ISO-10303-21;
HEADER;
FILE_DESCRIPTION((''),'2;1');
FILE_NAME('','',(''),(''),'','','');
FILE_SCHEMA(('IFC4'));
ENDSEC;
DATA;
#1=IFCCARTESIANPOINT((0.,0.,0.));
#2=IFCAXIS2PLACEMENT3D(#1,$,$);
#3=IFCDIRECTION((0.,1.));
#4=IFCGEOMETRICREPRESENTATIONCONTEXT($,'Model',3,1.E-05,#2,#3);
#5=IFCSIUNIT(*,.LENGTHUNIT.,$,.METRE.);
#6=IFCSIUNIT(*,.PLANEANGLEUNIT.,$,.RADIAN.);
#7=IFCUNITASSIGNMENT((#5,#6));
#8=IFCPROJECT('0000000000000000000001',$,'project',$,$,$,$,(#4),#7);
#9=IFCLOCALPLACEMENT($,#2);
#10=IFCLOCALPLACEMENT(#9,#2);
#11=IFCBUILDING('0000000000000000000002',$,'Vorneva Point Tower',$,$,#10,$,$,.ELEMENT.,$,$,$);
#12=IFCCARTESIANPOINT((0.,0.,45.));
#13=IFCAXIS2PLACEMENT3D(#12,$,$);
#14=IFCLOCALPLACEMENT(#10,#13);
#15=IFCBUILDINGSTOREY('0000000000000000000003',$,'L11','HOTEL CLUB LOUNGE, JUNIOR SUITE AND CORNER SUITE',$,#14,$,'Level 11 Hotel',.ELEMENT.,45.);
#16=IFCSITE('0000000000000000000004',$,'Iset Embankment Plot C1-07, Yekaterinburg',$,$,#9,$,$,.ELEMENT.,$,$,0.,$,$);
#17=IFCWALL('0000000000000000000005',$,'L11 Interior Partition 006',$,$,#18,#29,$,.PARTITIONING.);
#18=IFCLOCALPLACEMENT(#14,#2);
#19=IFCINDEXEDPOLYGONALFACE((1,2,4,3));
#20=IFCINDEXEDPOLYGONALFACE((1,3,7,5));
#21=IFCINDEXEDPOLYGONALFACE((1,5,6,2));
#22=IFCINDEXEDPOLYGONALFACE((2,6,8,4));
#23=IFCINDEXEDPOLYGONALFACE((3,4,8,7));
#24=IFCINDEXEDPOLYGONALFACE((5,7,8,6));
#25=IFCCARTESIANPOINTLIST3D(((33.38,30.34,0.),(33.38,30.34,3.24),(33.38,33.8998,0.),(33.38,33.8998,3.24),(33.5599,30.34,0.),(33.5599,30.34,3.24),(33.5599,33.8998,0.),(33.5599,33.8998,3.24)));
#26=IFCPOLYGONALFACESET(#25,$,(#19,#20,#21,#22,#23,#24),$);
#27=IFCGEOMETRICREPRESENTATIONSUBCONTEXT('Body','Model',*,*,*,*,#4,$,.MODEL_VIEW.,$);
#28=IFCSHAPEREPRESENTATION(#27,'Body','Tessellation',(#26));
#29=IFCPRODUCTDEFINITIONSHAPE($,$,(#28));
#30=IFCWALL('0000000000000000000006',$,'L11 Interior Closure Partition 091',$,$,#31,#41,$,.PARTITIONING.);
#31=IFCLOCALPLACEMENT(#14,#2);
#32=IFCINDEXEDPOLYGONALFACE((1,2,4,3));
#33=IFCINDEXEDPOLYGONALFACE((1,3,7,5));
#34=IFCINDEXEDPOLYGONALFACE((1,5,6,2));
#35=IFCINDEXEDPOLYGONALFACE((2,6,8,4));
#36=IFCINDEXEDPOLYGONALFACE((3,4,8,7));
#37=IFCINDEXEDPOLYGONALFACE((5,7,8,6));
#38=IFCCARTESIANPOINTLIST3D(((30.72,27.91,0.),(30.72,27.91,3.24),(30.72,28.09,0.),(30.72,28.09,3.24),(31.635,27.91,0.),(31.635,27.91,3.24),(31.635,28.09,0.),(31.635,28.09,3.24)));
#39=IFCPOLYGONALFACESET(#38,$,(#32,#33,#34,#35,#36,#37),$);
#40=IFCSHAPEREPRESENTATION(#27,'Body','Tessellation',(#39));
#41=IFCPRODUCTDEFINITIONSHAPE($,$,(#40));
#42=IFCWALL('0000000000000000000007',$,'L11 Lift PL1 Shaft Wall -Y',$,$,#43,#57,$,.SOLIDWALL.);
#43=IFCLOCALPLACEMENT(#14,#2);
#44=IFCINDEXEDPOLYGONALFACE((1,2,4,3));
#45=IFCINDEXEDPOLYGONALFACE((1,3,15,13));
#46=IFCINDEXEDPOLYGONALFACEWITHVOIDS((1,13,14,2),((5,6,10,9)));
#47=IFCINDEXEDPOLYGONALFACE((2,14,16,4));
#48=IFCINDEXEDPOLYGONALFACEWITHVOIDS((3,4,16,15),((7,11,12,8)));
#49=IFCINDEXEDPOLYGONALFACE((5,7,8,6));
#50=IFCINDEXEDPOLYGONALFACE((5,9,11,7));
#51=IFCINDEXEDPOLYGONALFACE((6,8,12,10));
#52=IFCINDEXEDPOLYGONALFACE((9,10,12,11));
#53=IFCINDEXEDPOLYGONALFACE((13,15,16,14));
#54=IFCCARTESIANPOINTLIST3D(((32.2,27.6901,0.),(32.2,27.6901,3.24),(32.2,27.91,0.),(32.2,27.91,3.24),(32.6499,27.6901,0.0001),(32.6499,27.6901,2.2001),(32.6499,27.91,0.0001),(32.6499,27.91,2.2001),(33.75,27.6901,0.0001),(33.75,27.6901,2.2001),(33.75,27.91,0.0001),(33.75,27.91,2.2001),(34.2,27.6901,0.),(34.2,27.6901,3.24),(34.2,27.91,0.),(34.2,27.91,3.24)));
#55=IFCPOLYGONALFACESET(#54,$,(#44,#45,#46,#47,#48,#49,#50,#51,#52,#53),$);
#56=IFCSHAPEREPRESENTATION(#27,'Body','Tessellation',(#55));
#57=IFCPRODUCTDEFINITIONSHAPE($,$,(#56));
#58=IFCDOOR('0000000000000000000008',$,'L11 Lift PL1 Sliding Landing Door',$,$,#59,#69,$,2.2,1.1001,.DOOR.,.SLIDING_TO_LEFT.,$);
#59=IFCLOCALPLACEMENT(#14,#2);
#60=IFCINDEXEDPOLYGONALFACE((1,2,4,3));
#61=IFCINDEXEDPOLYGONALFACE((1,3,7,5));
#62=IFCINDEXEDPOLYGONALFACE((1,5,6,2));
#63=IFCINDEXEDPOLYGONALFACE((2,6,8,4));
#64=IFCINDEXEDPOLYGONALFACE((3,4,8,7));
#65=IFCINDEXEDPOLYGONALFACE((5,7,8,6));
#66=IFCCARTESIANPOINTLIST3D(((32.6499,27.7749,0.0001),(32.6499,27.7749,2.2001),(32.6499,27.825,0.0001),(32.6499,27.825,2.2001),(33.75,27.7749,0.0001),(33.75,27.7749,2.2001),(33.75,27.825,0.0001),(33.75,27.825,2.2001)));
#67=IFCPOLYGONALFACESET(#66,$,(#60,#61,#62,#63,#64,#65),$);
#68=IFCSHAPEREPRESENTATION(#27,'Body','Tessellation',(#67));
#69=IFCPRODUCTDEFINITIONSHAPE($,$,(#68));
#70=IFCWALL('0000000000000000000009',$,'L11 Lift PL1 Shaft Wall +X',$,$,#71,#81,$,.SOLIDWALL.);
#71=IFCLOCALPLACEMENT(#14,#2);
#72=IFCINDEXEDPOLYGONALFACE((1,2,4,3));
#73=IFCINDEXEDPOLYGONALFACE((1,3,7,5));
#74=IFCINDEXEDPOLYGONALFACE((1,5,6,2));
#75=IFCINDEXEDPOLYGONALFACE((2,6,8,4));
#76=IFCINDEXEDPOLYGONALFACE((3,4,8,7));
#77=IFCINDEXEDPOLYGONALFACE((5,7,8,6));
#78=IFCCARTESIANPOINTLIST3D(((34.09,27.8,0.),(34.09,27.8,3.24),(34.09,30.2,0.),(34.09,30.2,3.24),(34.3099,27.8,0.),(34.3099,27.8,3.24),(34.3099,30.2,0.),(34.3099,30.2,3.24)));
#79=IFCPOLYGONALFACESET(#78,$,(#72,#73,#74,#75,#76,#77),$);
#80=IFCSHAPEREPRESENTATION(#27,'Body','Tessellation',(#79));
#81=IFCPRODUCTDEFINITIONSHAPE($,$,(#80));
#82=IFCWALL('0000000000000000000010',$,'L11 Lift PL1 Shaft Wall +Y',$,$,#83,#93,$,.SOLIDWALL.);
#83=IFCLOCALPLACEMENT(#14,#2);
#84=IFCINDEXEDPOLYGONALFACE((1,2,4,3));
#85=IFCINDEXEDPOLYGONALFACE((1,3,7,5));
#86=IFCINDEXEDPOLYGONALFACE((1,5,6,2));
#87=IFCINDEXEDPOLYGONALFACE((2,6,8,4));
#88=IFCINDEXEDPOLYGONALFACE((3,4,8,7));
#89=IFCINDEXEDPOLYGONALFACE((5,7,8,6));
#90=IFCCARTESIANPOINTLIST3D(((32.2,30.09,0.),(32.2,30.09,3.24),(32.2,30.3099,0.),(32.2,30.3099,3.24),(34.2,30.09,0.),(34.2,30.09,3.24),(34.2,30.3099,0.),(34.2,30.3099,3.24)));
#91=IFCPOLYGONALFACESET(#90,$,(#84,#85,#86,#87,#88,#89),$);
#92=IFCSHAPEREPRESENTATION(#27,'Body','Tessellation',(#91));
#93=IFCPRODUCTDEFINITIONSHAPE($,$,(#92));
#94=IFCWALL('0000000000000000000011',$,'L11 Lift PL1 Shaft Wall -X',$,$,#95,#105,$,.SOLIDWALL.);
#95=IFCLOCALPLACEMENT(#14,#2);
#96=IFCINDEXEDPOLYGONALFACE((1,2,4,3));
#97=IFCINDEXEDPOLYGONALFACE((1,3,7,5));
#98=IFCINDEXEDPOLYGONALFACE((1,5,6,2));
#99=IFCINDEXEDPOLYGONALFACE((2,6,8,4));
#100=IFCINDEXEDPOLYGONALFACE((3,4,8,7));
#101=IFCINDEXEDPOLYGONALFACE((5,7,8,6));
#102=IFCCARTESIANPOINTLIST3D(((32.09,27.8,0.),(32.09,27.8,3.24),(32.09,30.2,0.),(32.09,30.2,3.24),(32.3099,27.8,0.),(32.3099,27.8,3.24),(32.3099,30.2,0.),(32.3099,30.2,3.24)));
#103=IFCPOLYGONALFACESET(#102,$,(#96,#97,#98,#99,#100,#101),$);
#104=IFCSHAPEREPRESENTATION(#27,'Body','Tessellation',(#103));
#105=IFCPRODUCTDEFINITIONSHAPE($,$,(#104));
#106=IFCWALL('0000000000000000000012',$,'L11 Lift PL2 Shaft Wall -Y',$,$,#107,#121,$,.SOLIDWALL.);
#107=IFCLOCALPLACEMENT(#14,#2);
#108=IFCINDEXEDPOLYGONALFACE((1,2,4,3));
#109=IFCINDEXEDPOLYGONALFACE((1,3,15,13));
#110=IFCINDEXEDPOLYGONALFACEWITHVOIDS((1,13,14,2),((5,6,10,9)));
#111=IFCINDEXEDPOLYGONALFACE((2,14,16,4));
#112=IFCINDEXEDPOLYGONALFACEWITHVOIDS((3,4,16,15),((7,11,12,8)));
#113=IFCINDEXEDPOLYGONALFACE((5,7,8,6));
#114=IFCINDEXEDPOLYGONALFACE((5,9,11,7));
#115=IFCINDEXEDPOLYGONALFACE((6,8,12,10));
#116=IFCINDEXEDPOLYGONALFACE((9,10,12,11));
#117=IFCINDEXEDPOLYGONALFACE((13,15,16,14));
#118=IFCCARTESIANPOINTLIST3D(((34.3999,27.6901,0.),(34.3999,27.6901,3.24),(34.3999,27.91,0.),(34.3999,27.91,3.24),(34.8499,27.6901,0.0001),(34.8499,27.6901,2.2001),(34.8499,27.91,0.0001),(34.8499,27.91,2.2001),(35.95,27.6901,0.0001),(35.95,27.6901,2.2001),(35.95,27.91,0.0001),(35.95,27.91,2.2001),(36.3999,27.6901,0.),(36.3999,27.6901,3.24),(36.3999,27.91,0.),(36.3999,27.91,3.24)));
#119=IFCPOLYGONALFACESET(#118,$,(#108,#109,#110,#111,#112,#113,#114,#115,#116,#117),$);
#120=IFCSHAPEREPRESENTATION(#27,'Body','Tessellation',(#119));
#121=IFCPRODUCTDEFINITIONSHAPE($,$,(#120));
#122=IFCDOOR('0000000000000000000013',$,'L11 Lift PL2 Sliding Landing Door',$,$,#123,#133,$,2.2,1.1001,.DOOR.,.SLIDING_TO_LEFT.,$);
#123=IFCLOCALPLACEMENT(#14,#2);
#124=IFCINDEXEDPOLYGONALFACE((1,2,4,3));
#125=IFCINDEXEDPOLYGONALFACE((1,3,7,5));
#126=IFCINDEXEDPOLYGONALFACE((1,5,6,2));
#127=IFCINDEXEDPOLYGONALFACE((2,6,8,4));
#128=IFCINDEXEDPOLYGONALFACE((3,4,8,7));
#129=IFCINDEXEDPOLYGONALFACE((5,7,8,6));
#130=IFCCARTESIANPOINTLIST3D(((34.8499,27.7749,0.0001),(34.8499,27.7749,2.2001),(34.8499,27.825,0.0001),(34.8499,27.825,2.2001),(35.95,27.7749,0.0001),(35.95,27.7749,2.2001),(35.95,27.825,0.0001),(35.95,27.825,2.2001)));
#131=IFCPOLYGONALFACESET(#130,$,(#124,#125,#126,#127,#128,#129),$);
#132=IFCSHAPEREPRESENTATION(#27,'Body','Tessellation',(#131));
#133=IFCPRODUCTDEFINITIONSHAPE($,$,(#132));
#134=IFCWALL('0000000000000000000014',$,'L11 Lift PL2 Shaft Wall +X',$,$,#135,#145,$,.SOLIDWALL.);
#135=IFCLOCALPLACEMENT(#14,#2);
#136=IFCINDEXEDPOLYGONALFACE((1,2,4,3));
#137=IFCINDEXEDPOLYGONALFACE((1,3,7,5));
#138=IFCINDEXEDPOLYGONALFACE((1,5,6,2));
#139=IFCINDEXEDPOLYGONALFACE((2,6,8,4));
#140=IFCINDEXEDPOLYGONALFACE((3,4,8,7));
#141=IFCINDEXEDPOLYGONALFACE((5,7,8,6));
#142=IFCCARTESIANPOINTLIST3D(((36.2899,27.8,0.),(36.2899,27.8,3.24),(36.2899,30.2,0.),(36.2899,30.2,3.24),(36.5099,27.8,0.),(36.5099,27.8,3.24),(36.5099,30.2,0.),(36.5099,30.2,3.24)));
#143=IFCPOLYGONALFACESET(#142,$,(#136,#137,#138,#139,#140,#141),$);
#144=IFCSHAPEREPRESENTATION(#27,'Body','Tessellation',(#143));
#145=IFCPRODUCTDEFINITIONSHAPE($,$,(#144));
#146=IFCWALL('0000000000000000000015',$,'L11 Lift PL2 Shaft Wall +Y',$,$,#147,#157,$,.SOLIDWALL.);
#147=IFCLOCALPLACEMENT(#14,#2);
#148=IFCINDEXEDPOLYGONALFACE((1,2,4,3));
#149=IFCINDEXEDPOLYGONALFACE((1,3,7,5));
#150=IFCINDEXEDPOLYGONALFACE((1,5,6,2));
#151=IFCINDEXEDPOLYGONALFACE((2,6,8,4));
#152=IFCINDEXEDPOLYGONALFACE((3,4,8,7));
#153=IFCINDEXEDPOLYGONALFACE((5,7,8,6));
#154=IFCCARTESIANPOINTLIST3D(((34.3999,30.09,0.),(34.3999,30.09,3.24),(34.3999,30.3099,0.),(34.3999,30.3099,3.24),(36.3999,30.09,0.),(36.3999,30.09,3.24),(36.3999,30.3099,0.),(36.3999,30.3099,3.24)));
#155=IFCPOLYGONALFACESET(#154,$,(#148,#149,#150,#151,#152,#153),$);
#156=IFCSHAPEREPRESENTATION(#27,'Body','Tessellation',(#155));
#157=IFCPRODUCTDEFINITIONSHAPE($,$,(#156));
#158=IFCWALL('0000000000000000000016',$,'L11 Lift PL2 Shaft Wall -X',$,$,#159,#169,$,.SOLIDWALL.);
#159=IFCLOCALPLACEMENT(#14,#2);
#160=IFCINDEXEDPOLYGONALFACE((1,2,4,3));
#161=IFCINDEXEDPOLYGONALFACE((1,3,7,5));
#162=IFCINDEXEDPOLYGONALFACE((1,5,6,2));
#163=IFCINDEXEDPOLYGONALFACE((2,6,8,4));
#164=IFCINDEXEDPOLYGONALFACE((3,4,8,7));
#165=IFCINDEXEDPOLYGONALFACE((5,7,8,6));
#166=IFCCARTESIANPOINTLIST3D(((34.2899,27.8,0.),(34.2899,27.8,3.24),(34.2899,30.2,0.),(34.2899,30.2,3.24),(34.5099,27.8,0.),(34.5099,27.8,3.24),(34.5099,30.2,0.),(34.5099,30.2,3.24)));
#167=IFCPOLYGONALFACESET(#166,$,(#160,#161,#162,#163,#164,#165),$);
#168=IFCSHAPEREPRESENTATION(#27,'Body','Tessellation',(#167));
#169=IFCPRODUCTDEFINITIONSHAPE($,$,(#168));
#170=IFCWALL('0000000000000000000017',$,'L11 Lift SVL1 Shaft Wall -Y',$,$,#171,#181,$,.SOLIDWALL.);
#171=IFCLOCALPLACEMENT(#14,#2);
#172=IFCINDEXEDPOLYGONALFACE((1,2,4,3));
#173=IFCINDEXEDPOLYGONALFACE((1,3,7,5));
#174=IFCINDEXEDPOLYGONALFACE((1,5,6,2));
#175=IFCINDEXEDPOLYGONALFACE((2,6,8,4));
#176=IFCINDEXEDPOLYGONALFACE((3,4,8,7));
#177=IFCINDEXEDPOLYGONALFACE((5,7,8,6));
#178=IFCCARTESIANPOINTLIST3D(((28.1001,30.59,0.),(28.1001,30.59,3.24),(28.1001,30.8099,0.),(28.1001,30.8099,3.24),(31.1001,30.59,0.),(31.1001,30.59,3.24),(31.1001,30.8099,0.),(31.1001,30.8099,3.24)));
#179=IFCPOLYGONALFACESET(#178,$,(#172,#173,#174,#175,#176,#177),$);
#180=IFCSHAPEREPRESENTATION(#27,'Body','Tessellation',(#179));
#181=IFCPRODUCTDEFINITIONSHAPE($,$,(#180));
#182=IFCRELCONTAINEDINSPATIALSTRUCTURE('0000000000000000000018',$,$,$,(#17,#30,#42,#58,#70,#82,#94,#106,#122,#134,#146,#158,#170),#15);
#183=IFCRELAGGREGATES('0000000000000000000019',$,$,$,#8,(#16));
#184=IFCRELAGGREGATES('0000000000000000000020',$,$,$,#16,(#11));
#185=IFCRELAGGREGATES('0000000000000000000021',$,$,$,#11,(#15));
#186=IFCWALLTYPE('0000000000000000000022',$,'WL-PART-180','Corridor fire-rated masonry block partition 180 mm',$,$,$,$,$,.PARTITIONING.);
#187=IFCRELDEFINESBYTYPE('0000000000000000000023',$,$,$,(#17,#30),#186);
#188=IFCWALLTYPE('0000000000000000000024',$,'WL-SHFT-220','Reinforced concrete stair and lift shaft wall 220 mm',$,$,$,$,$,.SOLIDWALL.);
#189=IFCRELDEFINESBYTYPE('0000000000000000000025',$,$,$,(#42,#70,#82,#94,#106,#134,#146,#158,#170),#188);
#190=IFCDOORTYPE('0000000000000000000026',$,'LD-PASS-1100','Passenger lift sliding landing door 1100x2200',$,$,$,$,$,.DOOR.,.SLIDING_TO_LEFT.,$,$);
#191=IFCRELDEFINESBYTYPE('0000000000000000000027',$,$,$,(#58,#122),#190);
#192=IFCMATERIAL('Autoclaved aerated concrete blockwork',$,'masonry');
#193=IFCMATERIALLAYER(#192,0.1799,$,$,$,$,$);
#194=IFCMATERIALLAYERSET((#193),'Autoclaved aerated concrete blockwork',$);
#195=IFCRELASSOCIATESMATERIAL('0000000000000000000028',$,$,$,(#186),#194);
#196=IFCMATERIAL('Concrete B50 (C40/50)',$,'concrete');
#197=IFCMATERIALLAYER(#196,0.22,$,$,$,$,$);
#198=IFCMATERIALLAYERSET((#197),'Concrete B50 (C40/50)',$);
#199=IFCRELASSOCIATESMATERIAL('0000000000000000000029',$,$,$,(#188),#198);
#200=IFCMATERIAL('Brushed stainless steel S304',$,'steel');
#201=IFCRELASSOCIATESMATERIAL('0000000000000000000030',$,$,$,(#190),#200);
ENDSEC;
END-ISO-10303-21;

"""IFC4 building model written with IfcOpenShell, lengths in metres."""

from ifc_helpers import new_model, si_unit, direction, frame, frame_2d, origin, place, context, subcontext, project, spatial, rectangle, extrude, material, layer, layer_set, type_object, element, fill, save


model = new_model("IFC4")

# Units and contexts
model_context = context("Model", 3, precision=1e-05, world=origin(), true_north=direction((0.0, 1.0)))
body_context = subcontext(model_context, "Body", "Model", "MODEL_VIEW")
ifc_project = project(units=[si_unit("LENGTHUNIT", "METRE"), si_unit("PLANEANGLEUNIT", "RADIAN")], contexts=[model_context])

# Site, building, storey
site_placement = place(None, origin())
site = spatial("IfcSite", under=ifc_project, at=site_placement, Name="Iset Embankment Plot C1-07, Yekaterinburg", CompositionType="ELEMENT", RefElevation=0.0)
building_placement = place(site_placement, origin())
building = spatial("IfcBuilding", under=site, at=building_placement, Name="Vorneva Point Tower", CompositionType="ELEMENT")
storey_placement = place(building_placement, frame((0.0, 0.0, 45.0)))
storey = spatial("IfcBuildingStorey", under=building, at=storey_placement, Name="L11", Description="HOTEL CLUB LOUNGE, JUNIOR SUITE AND CORNER SUITE", LongName="Level 11 Hotel", CompositionType="ELEMENT", Elevation=45.0)

# Shared definitions
ifc_material_1 = material(Name="Brushed stainless steel S304", Category="steel")

# Shared definitions
ifc_material_2 = material(Name="Autoclaved aerated concrete blockwork", Category="masonry")
ifc_layer_1 = layer(ifc_material_2, 0.1799)
ifc_layer_set_1 = layer_set([ifc_layer_1], Name="Autoclaved aerated concrete blockwork")
wall_type_1 = type_object("IfcWallType", Name="WL-PART-180", Description="Corridor fire-rated masonry block partition 180 mm", PredefinedType="PARTITIONING", material=ifc_layer_set_1)

# Walls
wall_1_placement = place(storey_placement, frame((33.47, 30.3401, 0.0), z_axis=(0.0, 0.0, 1.0), x_axis=(0.0, 1.0, 0.0)))
element("IfcWall", 1, at=wall_1_placement, inside=storey, type_object=wall_type_1, Name="L11 Interior Partition 006", PredefinedType="PARTITIONING", context=body_context, shape_type="SweptSolid", body=[
    extrude(rectangle(XDim=3.5598, YDim=0.1799, at=frame_2d((1.7798, 0.0))), origin(), (0.0, 0.0, 1.0), 3.24),
])
wall_2_placement = place(storey_placement, frame((31.635, 28.0, 0.0), z_axis=(0.0, 0.0, 1.0), x_axis=(-1.0, 0.0, 0.0)))
element("IfcWall", 2, at=wall_2_placement, inside=storey, type_object=wall_type_1, Name="L11 Interior Closure Partition 091", PredefinedType="PARTITIONING", context=body_context, shape_type="SweptSolid", body=[
    extrude(rectangle(XDim=0.915, YDim=0.1799, at=frame_2d((0.4575, 0.0))), origin(), (0.0, 0.0, 1.0), 3.24),
])

# Wall, opening, door
ifc_material_3 = material(Name="Concrete B50 (C40/50)", Category="concrete")
ifc_layer_2 = layer(ifc_material_3, 0.22)
ifc_layer_set_2 = layer_set([ifc_layer_2], Name="Concrete B50 (C40/50)")
wall_type_2 = type_object("IfcWallType", Name="WL-SHFT-220", Description="Reinforced concrete stair and lift shaft wall 220 mm", PredefinedType="SOLIDWALL", material=ifc_layer_set_2)
wall_3_placement = place(storey_placement, frame((32.2, 27.8, 0.0), z_axis=(0.0, 0.0, 1.0), x_axis=(1.0, 0.0, 0.0)))
wall_3 = element("IfcWall", 3, at=wall_3_placement, inside=storey, type_object=wall_type_2, Name="L11 Lift PL1 Shaft Wall -Y", PredefinedType="SOLIDWALL", context=body_context, shape_type="SweptSolid", body=[
    extrude(rectangle(XDim=2.0, YDim=0.22, at=frame_2d((1.0, 0.0))), origin(), (0.0, 0.0, 1.0), 3.24),
])
opening_1_placement = place(wall_3_placement, frame((0.45, 0.0, 0.0)))
opening_1 = element("IfcOpeningElement", 4, at=opening_1_placement, cuts=wall_3, PredefinedType="OPENING", context=body_context, shape_type="SweptSolid", body=[
    extrude(rectangle(XDim=1.1001, YDim=2.2, at=frame_2d((0.55, 1.1001))), frame((0.0, 0.125, 0.0), z_axis=(0.0, -1.0, 0.0), x_axis=(1.0, 0.0, 0.0)), (0.0, 0.0, 1.0), 0.2498),
])
door_type_1 = type_object("IfcDoorType", Name="LD-PASS-1100", Description="Passenger lift sliding landing door 1100x2200", OperationType="SLIDING_TO_LEFT", PredefinedType="DOOR", material=ifc_material_1)
door_1_placement = place(opening_1_placement, origin())
door_1 = element("IfcDoor", 5, at=door_1_placement, inside=storey, type_object=door_type_1, Name="L11 Lift PL1 Sliding Landing Door", OperationType="SLIDING_TO_LEFT", OverallHeight=2.2, OverallWidth=1.1001, PredefinedType="DOOR", context=body_context, shape_type="SweptSolid", body=[
    extrude(rectangle(XDim=1.1001, YDim=2.2, at=frame_2d((0.55, 1.1001))), frame((0.0, 0.0249, 0.0), z_axis=(0.0, -1.0, 0.0), x_axis=(1.0, 0.0, 0.0)), (0.0, 0.0, 1.0), 0.05),
])
fill(opening_1, door_1)

# Walls
wall_4_placement = place(storey_placement, frame((34.2, 27.8, 0.0), z_axis=(0.0, 0.0, 1.0), x_axis=(0.0, 1.0, 0.0)))
element("IfcWall", 6, at=wall_4_placement, inside=storey, type_object=wall_type_2, Name="L11 Lift PL1 Shaft Wall +X", PredefinedType="SOLIDWALL", context=body_context, shape_type="SweptSolid", body=[
    extrude(rectangle(XDim=2.3999, YDim=0.22, at=frame_2d((1.2, 0.0))), origin(), (0.0, 0.0, 1.0), 3.24),
])
wall_5_placement = place(storey_placement, frame((34.2, 30.2, 0.0), z_axis=(0.0, 0.0, 1.0), x_axis=(-1.0, 0.0, 0.0)))
element("IfcWall", 7, at=wall_5_placement, inside=storey, type_object=wall_type_2, Name="L11 Lift PL1 Shaft Wall +Y", PredefinedType="SOLIDWALL", context=body_context, shape_type="SweptSolid", body=[
    extrude(rectangle(XDim=2.0, YDim=0.22, at=frame_2d((1.0, 0.0))), origin(), (0.0, 0.0, 1.0), 3.24),
])
wall_6_placement = place(storey_placement, frame((32.2, 30.2, 0.0), z_axis=(0.0, 0.0, 1.0), x_axis=(0.0, -1.0, 0.0)))
element("IfcWall", 8, at=wall_6_placement, inside=storey, type_object=wall_type_2, Name="L11 Lift PL1 Shaft Wall -X", PredefinedType="SOLIDWALL", context=body_context, shape_type="SweptSolid", body=[
    extrude(rectangle(XDim=2.3999, YDim=0.22, at=frame_2d((1.2, 0.0))), origin(), (0.0, 0.0, 1.0), 3.24),
])

# Wall, opening, door
wall_7_placement = place(storey_placement, frame((34.3999, 27.8, 0.0), z_axis=(0.0, 0.0, 1.0), x_axis=(1.0, 0.0, 0.0)))
wall_7 = element("IfcWall", 9, at=wall_7_placement, inside=storey, type_object=wall_type_2, Name="L11 Lift PL2 Shaft Wall -Y", PredefinedType="SOLIDWALL", context=body_context, shape_type="SweptSolid", body=[
    extrude(rectangle(XDim=2.0, YDim=0.22, at=frame_2d((1.0, 0.0))), origin(), (0.0, 0.0, 1.0), 3.24),
])
opening_2_placement = place(wall_7_placement, frame((0.45, 0.0, 0.0)))
opening_2 = element("IfcOpeningElement", 10, at=opening_2_placement, cuts=wall_7, PredefinedType="OPENING", context=body_context, shape_type="SweptSolid", body=[
    extrude(rectangle(XDim=1.1001, YDim=2.2, at=frame_2d((0.55, 1.1001))), frame((0.0, 0.125, 0.0), z_axis=(0.0, -1.0, 0.0), x_axis=(1.0, 0.0, 0.0)), (0.0, 0.0, 1.0), 0.2498),
])
door_2_placement = place(opening_2_placement, origin())
door_2 = element("IfcDoor", 11, at=door_2_placement, inside=storey, type_object=door_type_1, Name="L11 Lift PL2 Sliding Landing Door", OperationType="SLIDING_TO_LEFT", OverallHeight=2.2, OverallWidth=1.1001, PredefinedType="DOOR", context=body_context, shape_type="SweptSolid", body=[
    extrude(rectangle(XDim=1.1001, YDim=2.2, at=frame_2d((0.55, 1.1001))), frame((0.0, 0.0249, 0.0), z_axis=(0.0, -1.0, 0.0), x_axis=(1.0, 0.0, 0.0)), (0.0, 0.0, 1.0), 0.05),
])
fill(opening_2, door_2)

# Walls
wall_8_placement = place(storey_placement, frame((36.3999, 27.8, 0.0), z_axis=(0.0, 0.0, 1.0), x_axis=(0.0, 1.0, 0.0)))
element("IfcWall", 12, at=wall_8_placement, inside=storey, type_object=wall_type_2, Name="L11 Lift PL2 Shaft Wall +X", PredefinedType="SOLIDWALL", context=body_context, shape_type="SweptSolid", body=[
    extrude(rectangle(XDim=2.3999, YDim=0.22, at=frame_2d((1.2, 0.0))), origin(), (0.0, 0.0, 1.0), 3.24),
])
wall_9_placement = place(storey_placement, frame((36.3999, 30.2, 0.0), z_axis=(0.0, 0.0, 1.0), x_axis=(-1.0, 0.0, 0.0)))
element("IfcWall", 13, at=wall_9_placement, inside=storey, type_object=wall_type_2, Name="L11 Lift PL2 Shaft Wall +Y", PredefinedType="SOLIDWALL", context=body_context, shape_type="SweptSolid", body=[
    extrude(rectangle(XDim=2.0, YDim=0.22, at=frame_2d((1.0, 0.0))), origin(), (0.0, 0.0, 1.0), 3.24),
])
wall_10_placement = place(storey_placement, frame((34.3999, 30.2, 0.0), z_axis=(0.0, 0.0, 1.0), x_axis=(0.0, -1.0, 0.0)))
element("IfcWall", 14, at=wall_10_placement, inside=storey, type_object=wall_type_2, Name="L11 Lift PL2 Shaft Wall -X", PredefinedType="SOLIDWALL", context=body_context, shape_type="SweptSolid", body=[
    extrude(rectangle(XDim=2.3999, YDim=0.22, at=frame_2d((1.2, 0.0))), origin(), (0.0, 0.0, 1.0), 3.24),
])
wall_11_placement = place(storey_placement, frame((28.1001, 30.7, 0.0), z_axis=(0.0, 0.0, 1.0), x_axis=(1.0, 0.0, 0.0)))
element("IfcWall", 15, at=wall_11_placement, inside=storey, type_object=wall_type_2, Name="L11 Lift SVL1 Shaft Wall -Y", PredefinedType="SOLIDWALL", context=body_context, shape_type="SweptSolid", body=[
    extrude(rectangle(XDim=3.0, YDim=0.22, at=frame_2d((1.5, 0.0))), origin(), (0.0, 0.0, 1.0), 3.24),
])

save(model, "model.ifc")
